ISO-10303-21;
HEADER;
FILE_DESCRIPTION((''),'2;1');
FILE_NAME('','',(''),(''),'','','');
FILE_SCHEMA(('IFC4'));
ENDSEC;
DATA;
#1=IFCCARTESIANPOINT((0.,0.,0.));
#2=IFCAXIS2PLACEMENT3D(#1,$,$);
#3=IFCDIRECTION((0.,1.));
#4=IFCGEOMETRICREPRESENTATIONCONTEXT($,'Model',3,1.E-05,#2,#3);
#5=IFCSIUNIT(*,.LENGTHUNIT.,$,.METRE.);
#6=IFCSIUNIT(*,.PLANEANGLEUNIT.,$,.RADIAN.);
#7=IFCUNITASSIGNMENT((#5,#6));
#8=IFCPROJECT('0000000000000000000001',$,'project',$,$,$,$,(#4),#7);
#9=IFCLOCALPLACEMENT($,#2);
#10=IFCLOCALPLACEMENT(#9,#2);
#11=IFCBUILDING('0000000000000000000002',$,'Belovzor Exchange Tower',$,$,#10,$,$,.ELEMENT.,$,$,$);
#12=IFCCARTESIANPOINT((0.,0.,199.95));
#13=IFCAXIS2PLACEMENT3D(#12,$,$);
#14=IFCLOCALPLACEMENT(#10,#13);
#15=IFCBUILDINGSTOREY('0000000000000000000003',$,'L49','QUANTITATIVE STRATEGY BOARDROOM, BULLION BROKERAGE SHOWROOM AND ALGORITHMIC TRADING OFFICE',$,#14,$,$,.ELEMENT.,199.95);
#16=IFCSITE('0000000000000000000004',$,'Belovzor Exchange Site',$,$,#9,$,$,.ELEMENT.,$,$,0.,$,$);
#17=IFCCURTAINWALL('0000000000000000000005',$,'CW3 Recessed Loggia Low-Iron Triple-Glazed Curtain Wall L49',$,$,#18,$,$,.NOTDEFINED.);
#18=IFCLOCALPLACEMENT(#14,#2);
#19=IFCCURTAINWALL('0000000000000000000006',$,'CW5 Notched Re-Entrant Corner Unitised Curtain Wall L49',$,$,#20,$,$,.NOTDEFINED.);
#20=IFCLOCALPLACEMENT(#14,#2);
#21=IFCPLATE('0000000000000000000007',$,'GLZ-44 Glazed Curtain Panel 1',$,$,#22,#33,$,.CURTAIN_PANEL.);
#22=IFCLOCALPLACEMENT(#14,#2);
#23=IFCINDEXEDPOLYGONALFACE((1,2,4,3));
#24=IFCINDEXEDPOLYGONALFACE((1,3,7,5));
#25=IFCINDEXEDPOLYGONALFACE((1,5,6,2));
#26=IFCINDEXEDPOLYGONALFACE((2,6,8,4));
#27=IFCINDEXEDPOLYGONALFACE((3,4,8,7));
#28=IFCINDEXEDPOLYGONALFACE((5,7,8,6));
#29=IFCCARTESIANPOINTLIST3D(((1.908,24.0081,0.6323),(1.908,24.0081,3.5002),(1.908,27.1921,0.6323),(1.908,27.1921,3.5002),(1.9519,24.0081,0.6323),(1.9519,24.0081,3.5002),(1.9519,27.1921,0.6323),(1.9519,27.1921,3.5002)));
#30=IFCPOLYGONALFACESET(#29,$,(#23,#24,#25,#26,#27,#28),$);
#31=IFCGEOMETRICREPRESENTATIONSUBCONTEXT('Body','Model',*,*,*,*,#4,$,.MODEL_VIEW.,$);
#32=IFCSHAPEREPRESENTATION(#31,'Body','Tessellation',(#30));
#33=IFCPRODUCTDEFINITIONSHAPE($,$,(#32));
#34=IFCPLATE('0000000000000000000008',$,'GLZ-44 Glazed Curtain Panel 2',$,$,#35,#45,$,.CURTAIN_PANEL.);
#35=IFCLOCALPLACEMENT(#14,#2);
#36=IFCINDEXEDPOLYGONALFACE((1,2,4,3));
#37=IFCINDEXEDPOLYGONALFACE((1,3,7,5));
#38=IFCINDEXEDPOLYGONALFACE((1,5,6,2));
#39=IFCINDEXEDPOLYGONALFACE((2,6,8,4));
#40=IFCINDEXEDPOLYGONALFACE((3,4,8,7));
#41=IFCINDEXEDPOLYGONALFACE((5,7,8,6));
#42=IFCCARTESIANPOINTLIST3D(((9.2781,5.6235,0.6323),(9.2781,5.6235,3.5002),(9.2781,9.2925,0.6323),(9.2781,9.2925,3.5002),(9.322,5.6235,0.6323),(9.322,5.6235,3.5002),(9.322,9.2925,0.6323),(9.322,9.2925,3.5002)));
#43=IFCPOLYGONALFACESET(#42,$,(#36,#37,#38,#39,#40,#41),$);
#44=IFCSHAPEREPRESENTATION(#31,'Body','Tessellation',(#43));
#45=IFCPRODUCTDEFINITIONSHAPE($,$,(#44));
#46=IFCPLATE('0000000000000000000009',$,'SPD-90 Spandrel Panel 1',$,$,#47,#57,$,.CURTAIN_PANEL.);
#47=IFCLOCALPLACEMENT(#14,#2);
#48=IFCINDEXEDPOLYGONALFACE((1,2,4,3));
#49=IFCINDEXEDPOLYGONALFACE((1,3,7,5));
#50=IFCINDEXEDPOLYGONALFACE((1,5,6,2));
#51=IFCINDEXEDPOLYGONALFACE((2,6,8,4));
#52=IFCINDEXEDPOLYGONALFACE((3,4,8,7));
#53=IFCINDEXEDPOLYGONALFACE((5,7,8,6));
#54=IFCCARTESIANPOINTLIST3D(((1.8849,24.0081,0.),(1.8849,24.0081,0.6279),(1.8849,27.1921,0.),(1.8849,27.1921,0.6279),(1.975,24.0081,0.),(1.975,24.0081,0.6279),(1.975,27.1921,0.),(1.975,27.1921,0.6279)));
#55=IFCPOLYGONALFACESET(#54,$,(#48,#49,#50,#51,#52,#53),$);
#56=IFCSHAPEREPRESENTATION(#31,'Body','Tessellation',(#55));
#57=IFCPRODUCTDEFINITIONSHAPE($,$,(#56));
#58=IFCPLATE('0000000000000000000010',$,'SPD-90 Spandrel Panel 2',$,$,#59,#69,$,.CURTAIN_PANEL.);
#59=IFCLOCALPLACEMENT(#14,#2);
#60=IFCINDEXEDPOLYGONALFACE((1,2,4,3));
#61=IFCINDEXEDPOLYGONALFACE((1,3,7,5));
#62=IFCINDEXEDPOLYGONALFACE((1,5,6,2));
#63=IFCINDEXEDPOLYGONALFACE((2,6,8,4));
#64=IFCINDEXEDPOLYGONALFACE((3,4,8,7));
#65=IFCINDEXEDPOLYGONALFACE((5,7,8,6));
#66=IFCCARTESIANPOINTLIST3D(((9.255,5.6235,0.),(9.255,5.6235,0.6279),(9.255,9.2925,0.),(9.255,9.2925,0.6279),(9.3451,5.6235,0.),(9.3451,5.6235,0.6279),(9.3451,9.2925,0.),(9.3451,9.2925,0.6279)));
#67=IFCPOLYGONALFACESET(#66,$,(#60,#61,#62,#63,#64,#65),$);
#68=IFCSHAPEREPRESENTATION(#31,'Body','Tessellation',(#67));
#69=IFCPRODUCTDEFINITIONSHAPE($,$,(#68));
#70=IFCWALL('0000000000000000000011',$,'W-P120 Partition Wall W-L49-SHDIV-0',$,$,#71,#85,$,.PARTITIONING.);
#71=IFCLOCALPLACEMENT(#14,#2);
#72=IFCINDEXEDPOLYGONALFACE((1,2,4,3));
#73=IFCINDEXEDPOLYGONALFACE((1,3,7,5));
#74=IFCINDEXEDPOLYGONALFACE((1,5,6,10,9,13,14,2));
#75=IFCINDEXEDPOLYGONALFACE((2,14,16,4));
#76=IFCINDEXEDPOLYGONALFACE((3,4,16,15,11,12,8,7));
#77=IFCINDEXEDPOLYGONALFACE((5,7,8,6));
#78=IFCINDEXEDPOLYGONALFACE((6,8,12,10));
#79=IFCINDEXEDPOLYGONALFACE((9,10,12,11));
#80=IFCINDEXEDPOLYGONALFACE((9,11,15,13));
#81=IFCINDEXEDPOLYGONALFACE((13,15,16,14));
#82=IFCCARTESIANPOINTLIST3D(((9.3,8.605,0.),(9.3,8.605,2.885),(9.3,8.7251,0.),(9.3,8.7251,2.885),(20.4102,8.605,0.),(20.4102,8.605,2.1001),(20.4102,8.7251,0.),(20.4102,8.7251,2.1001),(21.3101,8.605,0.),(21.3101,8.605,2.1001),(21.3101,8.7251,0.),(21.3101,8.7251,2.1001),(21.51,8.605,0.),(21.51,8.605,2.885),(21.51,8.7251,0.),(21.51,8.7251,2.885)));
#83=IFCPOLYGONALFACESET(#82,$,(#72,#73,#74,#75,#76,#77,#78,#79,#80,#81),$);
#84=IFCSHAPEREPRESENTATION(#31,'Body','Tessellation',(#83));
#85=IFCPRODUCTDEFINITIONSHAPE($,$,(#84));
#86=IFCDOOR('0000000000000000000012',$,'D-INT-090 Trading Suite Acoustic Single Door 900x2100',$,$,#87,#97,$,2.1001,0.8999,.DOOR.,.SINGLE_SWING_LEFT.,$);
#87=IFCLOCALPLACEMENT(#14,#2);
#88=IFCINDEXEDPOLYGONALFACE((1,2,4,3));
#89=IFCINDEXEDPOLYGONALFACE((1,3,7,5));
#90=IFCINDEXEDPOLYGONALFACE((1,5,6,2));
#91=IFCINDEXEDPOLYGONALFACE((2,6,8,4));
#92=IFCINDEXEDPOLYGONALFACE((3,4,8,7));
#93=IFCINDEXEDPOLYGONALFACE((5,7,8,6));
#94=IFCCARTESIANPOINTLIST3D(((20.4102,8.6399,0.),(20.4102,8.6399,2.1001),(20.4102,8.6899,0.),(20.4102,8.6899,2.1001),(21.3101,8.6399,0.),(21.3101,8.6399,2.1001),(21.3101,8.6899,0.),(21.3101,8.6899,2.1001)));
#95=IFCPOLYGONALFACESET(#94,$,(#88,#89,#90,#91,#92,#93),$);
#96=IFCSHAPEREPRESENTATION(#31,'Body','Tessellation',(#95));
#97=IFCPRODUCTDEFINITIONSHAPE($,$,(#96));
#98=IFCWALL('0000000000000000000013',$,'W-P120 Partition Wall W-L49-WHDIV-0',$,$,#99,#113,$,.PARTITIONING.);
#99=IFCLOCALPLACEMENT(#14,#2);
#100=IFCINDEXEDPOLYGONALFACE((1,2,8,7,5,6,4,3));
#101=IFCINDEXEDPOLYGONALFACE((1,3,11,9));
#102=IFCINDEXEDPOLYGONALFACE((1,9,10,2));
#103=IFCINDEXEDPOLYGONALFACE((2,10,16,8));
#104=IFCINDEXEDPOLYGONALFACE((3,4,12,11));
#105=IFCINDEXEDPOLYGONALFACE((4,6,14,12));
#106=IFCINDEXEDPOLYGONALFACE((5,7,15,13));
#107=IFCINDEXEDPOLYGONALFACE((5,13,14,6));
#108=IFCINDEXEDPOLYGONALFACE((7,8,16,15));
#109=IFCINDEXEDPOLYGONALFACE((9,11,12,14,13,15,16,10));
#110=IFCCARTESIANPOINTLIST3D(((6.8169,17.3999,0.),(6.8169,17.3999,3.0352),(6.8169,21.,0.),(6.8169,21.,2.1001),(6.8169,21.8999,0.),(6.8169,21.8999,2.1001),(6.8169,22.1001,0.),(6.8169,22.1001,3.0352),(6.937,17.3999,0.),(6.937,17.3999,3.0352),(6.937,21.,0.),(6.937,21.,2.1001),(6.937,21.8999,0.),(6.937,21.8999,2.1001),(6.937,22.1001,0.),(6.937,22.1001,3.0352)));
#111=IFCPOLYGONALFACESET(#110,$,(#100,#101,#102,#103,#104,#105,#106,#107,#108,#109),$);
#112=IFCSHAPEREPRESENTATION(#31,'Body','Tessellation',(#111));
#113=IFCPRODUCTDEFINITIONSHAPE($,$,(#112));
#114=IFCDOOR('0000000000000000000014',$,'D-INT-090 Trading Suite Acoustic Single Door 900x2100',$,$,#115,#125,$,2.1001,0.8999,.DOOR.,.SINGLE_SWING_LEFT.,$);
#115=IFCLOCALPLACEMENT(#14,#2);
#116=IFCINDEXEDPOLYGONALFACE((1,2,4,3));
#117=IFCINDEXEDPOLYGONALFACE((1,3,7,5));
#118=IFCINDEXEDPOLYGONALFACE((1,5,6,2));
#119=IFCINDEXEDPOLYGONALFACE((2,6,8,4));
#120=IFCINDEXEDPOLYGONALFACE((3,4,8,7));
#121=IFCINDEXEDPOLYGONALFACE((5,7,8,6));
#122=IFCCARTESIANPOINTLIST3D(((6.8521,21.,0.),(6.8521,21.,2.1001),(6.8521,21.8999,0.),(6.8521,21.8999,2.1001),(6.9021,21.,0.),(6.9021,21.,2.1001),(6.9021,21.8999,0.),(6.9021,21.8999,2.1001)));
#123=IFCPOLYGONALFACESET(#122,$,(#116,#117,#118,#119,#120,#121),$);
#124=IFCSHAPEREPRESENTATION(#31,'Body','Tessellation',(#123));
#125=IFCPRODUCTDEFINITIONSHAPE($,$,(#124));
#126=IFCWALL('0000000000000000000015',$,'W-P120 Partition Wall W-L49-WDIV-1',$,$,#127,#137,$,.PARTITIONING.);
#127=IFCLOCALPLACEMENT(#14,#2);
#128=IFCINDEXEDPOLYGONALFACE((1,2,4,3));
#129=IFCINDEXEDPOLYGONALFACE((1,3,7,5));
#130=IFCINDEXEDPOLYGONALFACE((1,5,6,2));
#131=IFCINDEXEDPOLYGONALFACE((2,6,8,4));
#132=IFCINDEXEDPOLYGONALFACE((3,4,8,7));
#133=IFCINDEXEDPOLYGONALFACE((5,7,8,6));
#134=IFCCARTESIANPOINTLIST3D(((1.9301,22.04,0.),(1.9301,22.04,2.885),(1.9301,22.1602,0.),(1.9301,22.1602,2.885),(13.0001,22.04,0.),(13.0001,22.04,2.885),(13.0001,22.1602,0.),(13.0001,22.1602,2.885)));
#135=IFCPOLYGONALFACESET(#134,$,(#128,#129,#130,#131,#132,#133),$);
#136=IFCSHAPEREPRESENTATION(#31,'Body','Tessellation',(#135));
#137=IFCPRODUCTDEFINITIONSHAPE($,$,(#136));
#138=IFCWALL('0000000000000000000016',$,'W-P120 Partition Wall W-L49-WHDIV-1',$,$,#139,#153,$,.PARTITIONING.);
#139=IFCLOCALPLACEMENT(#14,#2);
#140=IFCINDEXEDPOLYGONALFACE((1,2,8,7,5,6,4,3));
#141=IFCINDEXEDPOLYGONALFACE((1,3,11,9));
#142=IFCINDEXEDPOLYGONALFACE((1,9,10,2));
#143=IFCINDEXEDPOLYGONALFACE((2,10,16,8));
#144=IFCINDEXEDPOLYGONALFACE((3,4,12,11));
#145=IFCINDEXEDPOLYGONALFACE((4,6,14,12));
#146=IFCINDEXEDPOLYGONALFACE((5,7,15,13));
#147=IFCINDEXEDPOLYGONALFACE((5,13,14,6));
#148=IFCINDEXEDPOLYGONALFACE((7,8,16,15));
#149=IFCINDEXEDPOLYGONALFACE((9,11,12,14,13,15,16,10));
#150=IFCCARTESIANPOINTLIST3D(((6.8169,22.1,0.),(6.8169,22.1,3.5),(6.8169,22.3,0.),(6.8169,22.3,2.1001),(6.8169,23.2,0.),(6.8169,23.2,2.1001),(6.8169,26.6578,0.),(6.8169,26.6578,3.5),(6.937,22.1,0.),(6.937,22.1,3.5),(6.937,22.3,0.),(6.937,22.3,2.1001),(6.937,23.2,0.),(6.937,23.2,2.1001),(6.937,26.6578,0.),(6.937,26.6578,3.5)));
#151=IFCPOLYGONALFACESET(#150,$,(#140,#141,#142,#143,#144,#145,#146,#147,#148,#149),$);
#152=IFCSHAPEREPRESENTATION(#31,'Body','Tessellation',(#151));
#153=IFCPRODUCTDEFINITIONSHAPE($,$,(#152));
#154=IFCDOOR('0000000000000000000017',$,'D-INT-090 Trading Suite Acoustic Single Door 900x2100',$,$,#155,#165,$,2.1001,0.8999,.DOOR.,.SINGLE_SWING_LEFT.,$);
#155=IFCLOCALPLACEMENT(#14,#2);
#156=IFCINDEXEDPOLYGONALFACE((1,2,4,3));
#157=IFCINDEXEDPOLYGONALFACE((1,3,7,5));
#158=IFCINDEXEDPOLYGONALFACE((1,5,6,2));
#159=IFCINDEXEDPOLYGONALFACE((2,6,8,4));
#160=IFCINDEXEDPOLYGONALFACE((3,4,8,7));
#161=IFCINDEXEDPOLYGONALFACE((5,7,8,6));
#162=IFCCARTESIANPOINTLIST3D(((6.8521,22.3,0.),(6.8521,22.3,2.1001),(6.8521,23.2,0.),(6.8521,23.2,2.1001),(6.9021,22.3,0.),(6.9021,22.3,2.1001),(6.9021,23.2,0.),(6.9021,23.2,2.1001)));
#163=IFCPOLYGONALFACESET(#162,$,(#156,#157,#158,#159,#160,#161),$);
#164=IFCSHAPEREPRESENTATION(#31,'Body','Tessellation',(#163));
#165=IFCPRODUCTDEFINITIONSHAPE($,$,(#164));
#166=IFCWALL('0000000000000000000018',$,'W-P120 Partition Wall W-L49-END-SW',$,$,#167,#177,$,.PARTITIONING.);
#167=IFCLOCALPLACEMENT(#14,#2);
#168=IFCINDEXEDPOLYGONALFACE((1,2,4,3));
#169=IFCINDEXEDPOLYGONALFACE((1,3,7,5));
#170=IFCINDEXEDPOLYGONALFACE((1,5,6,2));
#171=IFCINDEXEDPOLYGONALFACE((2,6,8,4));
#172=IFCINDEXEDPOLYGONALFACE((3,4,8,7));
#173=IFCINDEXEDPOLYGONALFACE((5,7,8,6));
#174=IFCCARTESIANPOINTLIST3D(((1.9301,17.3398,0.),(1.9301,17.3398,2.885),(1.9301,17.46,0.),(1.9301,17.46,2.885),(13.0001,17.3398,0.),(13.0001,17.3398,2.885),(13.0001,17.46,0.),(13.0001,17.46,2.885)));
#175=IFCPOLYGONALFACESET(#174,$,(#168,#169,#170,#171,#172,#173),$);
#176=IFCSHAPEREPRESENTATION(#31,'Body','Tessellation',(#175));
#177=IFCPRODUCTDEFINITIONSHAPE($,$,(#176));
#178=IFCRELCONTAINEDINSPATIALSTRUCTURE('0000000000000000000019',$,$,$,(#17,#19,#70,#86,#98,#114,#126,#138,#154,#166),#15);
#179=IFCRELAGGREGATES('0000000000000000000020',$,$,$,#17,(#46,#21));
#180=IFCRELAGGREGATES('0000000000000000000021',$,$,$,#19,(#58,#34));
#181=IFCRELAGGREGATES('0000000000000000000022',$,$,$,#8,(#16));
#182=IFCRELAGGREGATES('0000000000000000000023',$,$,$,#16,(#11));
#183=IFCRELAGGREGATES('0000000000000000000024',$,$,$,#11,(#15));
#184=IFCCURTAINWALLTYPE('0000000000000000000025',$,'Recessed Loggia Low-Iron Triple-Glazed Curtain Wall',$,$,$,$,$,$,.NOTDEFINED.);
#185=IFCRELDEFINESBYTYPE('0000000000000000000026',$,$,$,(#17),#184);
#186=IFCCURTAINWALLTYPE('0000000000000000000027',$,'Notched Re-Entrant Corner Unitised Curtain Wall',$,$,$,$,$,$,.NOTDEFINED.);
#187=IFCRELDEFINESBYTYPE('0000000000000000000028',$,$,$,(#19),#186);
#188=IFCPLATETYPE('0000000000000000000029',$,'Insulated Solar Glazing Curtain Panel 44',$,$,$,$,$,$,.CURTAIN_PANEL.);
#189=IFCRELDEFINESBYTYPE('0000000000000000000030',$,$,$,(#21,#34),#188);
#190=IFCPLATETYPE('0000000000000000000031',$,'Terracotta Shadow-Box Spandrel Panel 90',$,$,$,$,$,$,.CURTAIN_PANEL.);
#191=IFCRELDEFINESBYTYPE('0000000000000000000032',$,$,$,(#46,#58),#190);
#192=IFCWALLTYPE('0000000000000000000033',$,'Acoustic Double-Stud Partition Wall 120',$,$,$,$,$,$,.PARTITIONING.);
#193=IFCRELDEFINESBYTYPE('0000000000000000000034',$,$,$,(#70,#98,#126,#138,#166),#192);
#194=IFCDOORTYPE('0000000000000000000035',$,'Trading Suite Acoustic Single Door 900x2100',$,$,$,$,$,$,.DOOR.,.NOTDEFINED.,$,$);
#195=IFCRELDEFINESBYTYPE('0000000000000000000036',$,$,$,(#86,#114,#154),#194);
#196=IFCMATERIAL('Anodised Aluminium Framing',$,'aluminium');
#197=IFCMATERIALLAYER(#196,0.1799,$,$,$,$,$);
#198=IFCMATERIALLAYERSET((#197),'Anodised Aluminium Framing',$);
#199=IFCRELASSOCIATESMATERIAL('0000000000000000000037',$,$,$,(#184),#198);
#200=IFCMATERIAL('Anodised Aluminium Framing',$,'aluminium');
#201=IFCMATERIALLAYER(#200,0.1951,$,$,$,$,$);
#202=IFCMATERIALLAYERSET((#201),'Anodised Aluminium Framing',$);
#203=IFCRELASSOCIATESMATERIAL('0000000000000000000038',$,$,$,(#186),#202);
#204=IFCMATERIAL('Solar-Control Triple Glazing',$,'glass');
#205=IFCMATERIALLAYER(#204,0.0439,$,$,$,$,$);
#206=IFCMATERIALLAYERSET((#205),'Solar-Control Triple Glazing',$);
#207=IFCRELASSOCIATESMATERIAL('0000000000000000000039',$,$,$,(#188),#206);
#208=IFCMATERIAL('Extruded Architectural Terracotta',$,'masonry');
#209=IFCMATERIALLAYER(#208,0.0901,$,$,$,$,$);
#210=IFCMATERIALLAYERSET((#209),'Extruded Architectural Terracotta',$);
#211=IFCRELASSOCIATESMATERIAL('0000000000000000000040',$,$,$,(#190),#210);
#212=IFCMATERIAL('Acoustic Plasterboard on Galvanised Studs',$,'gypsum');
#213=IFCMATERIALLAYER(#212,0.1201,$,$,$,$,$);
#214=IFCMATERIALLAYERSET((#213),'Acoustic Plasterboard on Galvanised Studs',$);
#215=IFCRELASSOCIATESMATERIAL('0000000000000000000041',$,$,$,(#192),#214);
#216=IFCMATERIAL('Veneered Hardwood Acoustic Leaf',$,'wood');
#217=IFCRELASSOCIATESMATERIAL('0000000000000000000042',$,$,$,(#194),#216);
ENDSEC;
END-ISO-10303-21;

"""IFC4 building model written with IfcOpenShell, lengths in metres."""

from ifc_helpers import new_model, si_unit, direction, frame, frame_2d, origin, origin_2d, place, context, subcontext, project, spatial, rectangle, extrude, material, layer, layer_set, type_object, element, fill, aggregate, save


model = new_model("IFC4")

# Units and contexts
model_context = context("Model", 3, precision=1e-05, world=origin(), true_north=direction((0.0, 1.0)))
body_context = subcontext(model_context, "Body", "Model", "MODEL_VIEW")
ifc_project = project(units=[si_unit("LENGTHUNIT", "METRE"), si_unit("PLANEANGLEUNIT", "RADIAN")], contexts=[model_context])

# Site, building, storey
site_placement = place(None, origin())
site = spatial("IfcSite", under=ifc_project, at=site_placement, Name="Belovzor Exchange Site", CompositionType="ELEMENT", RefElevation=0.0)
building_placement = place(site_placement, origin())
building = spatial("IfcBuilding", under=site, at=building_placement, Name="Belovzor Exchange Tower", CompositionType="ELEMENT")
storey_placement = place(building_placement, frame((0.0, 0.0, 199.95)))
storey = spatial("IfcBuildingStorey", under=building, at=storey_placement, Name="L49", Description="QUANTITATIVE STRATEGY BOARDROOM, BULLION BROKERAGE SHOWROOM AND ALGORITHMIC TRADING OFFICE", CompositionType="ELEMENT", Elevation=199.95)

# Curtain walls
ifc_material_1 = material(Name="Anodised Aluminium Framing", Category="aluminium")
ifc_layer_1 = layer(ifc_material_1, 0.1799)
ifc_layer_set_1 = layer_set([ifc_layer_1], Name="Anodised Aluminium Framing")
curtain_wall_type_1 = type_object("IfcCurtainWallType", Name="Recessed Loggia Low-Iron Triple-Glazed Curtain Wall", PredefinedType="NOTDEFINED", material=ifc_layer_set_1)
curtain_wall_1_placement = place(storey_placement, origin())
curtain_wall_1 = element("IfcCurtainWall", 1, at=curtain_wall_1_placement, inside=storey, type_object=curtain_wall_type_1, Name="CW3 Recessed Loggia Low-Iron Triple-Glazed Curtain Wall L49", PredefinedType="NOTDEFINED")
ifc_material_2 = material(Name="Anodised Aluminium Framing", Category="aluminium")
ifc_layer_2 = layer(ifc_material_2, 0.1951)
ifc_layer_set_2 = layer_set([ifc_layer_2], Name="Anodised Aluminium Framing")
curtain_wall_type_2 = type_object("IfcCurtainWallType", Name="Notched Re-Entrant Corner Unitised Curtain Wall", PredefinedType="NOTDEFINED", material=ifc_layer_set_2)
curtain_wall_2_placement = place(storey_placement, origin())
curtain_wall_2 = element("IfcCurtainWall", 2, at=curtain_wall_2_placement, inside=storey, type_object=curtain_wall_type_2, Name="CW5 Notched Re-Entrant Corner Unitised Curtain Wall L49", PredefinedType="NOTDEFINED")

# Plates
ifc_material_3 = material(Name="Solar-Control Triple Glazing", Category="glass")
ifc_layer_3 = layer(ifc_material_3, 0.0439)
ifc_layer_set_3 = layer_set([ifc_layer_3], Name="Solar-Control Triple Glazing")
plate_type_1 = type_object("IfcPlateType", Name="Insulated Solar Glazing Curtain Panel 44", PredefinedType="CURTAIN_PANEL", material=ifc_layer_set_3)
plate_1_placement = place(storey_placement, frame((1.9299, 25.6001, 0.6323), z_axis=(0.0, 0.0, 1.0), x_axis=(0.0, 1.0, 0.0)))
plate_1 = element("IfcPlate", 3, at=plate_1_placement, type_object=plate_type_1, Name="GLZ-44 Glazed Curtain Panel 1", PredefinedType="CURTAIN_PANEL", context=body_context, shape_type="SweptSolid", body=[
    extrude(rectangle(XDim=3.1841, YDim=0.0439, at=origin_2d()), origin(), (0.0, 0.0, 1.0), 2.8679),
])
plate_2_placement = place(storey_placement, frame((9.3, 7.458, 0.6323), z_axis=(0.0, 0.0, 1.0), x_axis=(0.0, 1.0, 0.0)))
plate_2 = element("IfcPlate", 4, at=plate_2_placement, type_object=plate_type_1, Name="GLZ-44 Glazed Curtain Panel 2", PredefinedType="CURTAIN_PANEL", context=body_context, shape_type="SweptSolid", body=[
    extrude(rectangle(XDim=3.6689, YDim=0.0439, at=origin_2d()), origin(), (0.0, 0.0, 1.0), 2.8679),
])
ifc_material_4 = material(Name="Extruded Architectural Terracotta", Category="masonry")
ifc_layer_4 = layer(ifc_material_4, 0.0901)
ifc_layer_set_4 = layer_set([ifc_layer_4], Name="Extruded Architectural Terracotta")
plate_type_2 = type_object("IfcPlateType", Name="Terracotta Shadow-Box Spandrel Panel 90", PredefinedType="CURTAIN_PANEL", material=ifc_layer_set_4)
plate_3_placement = place(storey_placement, frame((1.9299, 25.6001, 0.0), z_axis=(0.0, 0.0, 1.0), x_axis=(0.0, 1.0, 0.0)))
plate_3 = element("IfcPlate", 5, at=plate_3_placement, type_object=plate_type_2, Name="SPD-90 Spandrel Panel 1", PredefinedType="CURTAIN_PANEL", context=body_context, shape_type="SweptSolid", body=[
    extrude(rectangle(XDim=3.1841, YDim=0.0901, at=origin_2d()), origin(), (0.0, 0.0, 1.0), 0.6279),
])
aggregate(curtain_wall_1, [plate_3, plate_1])
plate_4_placement = place(storey_placement, frame((9.3, 7.458, 0.0), z_axis=(0.0, 0.0, 1.0), x_axis=(0.0, 1.0, 0.0)))
plate_4 = element("IfcPlate", 6, at=plate_4_placement, type_object=plate_type_2, Name="SPD-90 Spandrel Panel 2", PredefinedType="CURTAIN_PANEL", context=body_context, shape_type="SweptSolid", body=[
    extrude(rectangle(XDim=3.6689, YDim=0.0901, at=origin_2d()), origin(), (0.0, 0.0, 1.0), 0.6279),
])
aggregate(curtain_wall_2, [plate_4, plate_2])

# Walls, openings, doors
ifc_material_5 = material(Name="Acoustic Plasterboard on Galvanised Studs", Category="gypsum")
ifc_layer_5 = layer(ifc_material_5, 0.1201)
ifc_layer_set_5 = layer_set([ifc_layer_5], Name="Acoustic Plasterboard on Galvanised Studs")
wall_type_1 = type_object("IfcWallType", Name="Acoustic Double-Stud Partition Wall 120", PredefinedType="PARTITIONING", material=ifc_layer_set_5)
wall_1_placement = place(storey_placement, frame((9.3, 8.665, 0.0), z_axis=(0.0, 0.0, 1.0), x_axis=(1.0, 0.0, 0.0)))
wall_1 = element("IfcWall", 7, at=wall_1_placement, inside=storey, type_object=wall_type_1, Name="W-P120 Partition Wall W-L49-SHDIV-0", PredefinedType="PARTITIONING", context=body_context, shape_type="SweptSolid", body=[
    extrude(rectangle(XDim=12.21, YDim=0.1201, at=frame_2d((6.105, 0.0))), origin(), (0.0, 0.0, 1.0), 2.885),
])
opening_1_placement = place(wall_1_placement, frame((11.1101, 0.0, 0.0)))
opening_1 = element("IfcOpeningElement", 8, at=opening_1_placement, cuts=wall_1, PredefinedType="OPENING", context=body_context, shape_type="SweptSolid", body=[
    extrude(rectangle(XDim=0.8999, YDim=2.1001, at=frame_2d((0.45, 1.05))), frame((0.0, 0.0701, 0.0), z_axis=(0.0, -1.0, 0.0), x_axis=(1.0, 0.0, 0.0)), (0.0, 0.0, 1.0), 0.1401),
])
ifc_material_6 = material(Name="Veneered Hardwood Acoustic Leaf", Category="wood")
door_type_1 = type_object("IfcDoorType", Name="Trading Suite Acoustic Single Door 900x2100", OperationType="NOTDEFINED", PredefinedType="DOOR", material=ifc_material_6)
door_1_placement = place(opening_1_placement, origin())
door_1 = element("IfcDoor", 9, at=door_1_placement, inside=storey, type_object=door_type_1, Name="D-INT-090 Trading Suite Acoustic Single Door 900x2100", OperationType="SINGLE_SWING_LEFT", OverallHeight=2.1001, OverallWidth=0.8999, PredefinedType="DOOR", context=body_context, shape_type="SweptSolid", body=[
    extrude(rectangle(XDim=0.8999, YDim=2.1001, at=frame_2d((0.45, 1.05))), frame((0.0, 0.0249, 0.0), z_axis=(0.0, -1.0, 0.0), x_axis=(1.0, 0.0, 0.0)), (0.0, 0.0, 1.0), 0.05),
])
fill(opening_1, door_1)
wall_2_placement = place(storey_placement, frame((6.877, 17.3999, 0.0), z_axis=(0.0, 0.0, 1.0), x_axis=(0.0, 1.0, 0.0)))
wall_2 = element("IfcWall", 10, at=wall_2_placement, inside=storey, type_object=wall_type_1, Name="W-P120 Partition Wall W-L49-WHDIV-0", PredefinedType="PARTITIONING", context=body_context, shape_type="SweptSolid", body=[
    extrude(rectangle(XDim=4.7002, YDim=0.1201, at=frame_2d((2.3501, 0.0))), origin(), (0.0, 0.0, 1.0), 3.0352),
])
opening_2_placement = place(wall_2_placement, frame((3.6001, 0.0, 0.0)))
opening_2 = element("IfcOpeningElement", 11, at=opening_2_placement, cuts=wall_2, PredefinedType="OPENING", context=body_context, shape_type="SweptSolid", body=[
    extrude(rectangle(XDim=0.8999, YDim=2.1001, at=frame_2d((0.45, 1.05))), frame((0.0, 0.0701, 0.0), z_axis=(0.0, -1.0, 0.0), x_axis=(1.0, 0.0, 0.0)), (0.0, 0.0, 1.0), 0.1401),
])
door_2_placement = place(opening_2_placement, origin())
door_2 = element("IfcDoor", 12, at=door_2_placement, inside=storey, type_object=door_type_1, Name="D-INT-090 Trading Suite Acoustic Single Door 900x2100", OperationType="SINGLE_SWING_LEFT", OverallHeight=2.1001, OverallWidth=0.8999, PredefinedType="DOOR", context=body_context, shape_type="SweptSolid", body=[
    extrude(rectangle(XDim=0.8999, YDim=2.1001, at=frame_2d((0.45, 1.05))), frame((0.0, 0.0249, 0.0), z_axis=(0.0, -1.0, 0.0), x_axis=(1.0, 0.0, 0.0)), (0.0, 0.0, 1.0), 0.05),
])
fill(opening_2, door_2)

# Wall
wall_3_placement = place(storey_placement, frame((1.9299, 22.1001, 0.0), z_axis=(0.0, 0.0, 1.0), x_axis=(1.0, 0.0, 0.0)))
element("IfcWall", 13, at=wall_3_placement, inside=storey, type_object=wall_type_1, Name="W-P120 Partition Wall W-L49-WDIV-1", PredefinedType="PARTITIONING", context=body_context, shape_type="SweptSolid", body=[
    extrude(rectangle(XDim=11.0701, YDim=0.1201, at=frame_2d((5.5352, 0.0))), origin(), (0.0, 0.0, 1.0), 2.885),
])

# Wall, opening, door
wall_4_placement = place(storey_placement, frame((6.877, 22.1001, 0.0), z_axis=(0.0, 0.0, 1.0), x_axis=(0.0, 1.0, 0.0)))
wall_4 = element("IfcWall", 14, at=wall_4_placement, inside=storey, type_object=wall_type_1, Name="W-P120 Partition Wall W-L49-WHDIV-1", PredefinedType="PARTITIONING", context=body_context, shape_type="SweptSolid", body=[
    extrude(rectangle(XDim=4.5579, YDim=0.1201, at=frame_2d((2.2788, 0.0))), origin(), (0.0, 0.0, 1.0), 3.5),
])
opening_3_placement = place(wall_4_placement, frame((0.2, 0.0, 0.0)))
opening_3 = element("IfcOpeningElement", 15, at=opening_3_placement, cuts=wall_4, PredefinedType="OPENING", context=body_context, shape_type="SweptSolid", body=[
    extrude(rectangle(XDim=0.8999, YDim=2.1001, at=frame_2d((0.45, 1.05))), frame((0.0, 0.0701, 0.0), z_axis=(0.0, -1.0, 0.0), x_axis=(1.0, 0.0, 0.0)), (0.0, 0.0, 1.0), 0.1401),
])
door_3_placement = place(opening_3_placement, origin())
door_3 = element("IfcDoor", 16, at=door_3_placement, inside=storey, type_object=door_type_1, Name="D-INT-090 Trading Suite Acoustic Single Door 900x2100", OperationType="SINGLE_SWING_LEFT", OverallHeight=2.1001, OverallWidth=0.8999, PredefinedType="DOOR", context=body_context, shape_type="SweptSolid", body=[
    extrude(rectangle(XDim=0.8999, YDim=2.1001, at=frame_2d((0.45, 1.05))), frame((0.0, 0.0249, 0.0), z_axis=(0.0, -1.0, 0.0), x_axis=(1.0, 0.0, 0.0)), (0.0, 0.0, 1.0), 0.05),
])
fill(opening_3, door_3)

# Wall
wall_5_placement = place(storey_placement, frame((1.9299, 17.3999, 0.0), z_axis=(0.0, 0.0, 1.0), x_axis=(1.0, 0.0, 0.0)))
element("IfcWall", 17, at=wall_5_placement, inside=storey, type_object=wall_type_1, Name="W-P120 Partition Wall W-L49-END-SW", PredefinedType="PARTITIONING", context=body_context, shape_type="SweptSolid", body=[
    extrude(rectangle(XDim=11.0701, YDim=0.1201, at=frame_2d((5.5352, 0.0))), origin(), (0.0, 0.0, 1.0), 2.885),
])

save(model, "model.ifc")
